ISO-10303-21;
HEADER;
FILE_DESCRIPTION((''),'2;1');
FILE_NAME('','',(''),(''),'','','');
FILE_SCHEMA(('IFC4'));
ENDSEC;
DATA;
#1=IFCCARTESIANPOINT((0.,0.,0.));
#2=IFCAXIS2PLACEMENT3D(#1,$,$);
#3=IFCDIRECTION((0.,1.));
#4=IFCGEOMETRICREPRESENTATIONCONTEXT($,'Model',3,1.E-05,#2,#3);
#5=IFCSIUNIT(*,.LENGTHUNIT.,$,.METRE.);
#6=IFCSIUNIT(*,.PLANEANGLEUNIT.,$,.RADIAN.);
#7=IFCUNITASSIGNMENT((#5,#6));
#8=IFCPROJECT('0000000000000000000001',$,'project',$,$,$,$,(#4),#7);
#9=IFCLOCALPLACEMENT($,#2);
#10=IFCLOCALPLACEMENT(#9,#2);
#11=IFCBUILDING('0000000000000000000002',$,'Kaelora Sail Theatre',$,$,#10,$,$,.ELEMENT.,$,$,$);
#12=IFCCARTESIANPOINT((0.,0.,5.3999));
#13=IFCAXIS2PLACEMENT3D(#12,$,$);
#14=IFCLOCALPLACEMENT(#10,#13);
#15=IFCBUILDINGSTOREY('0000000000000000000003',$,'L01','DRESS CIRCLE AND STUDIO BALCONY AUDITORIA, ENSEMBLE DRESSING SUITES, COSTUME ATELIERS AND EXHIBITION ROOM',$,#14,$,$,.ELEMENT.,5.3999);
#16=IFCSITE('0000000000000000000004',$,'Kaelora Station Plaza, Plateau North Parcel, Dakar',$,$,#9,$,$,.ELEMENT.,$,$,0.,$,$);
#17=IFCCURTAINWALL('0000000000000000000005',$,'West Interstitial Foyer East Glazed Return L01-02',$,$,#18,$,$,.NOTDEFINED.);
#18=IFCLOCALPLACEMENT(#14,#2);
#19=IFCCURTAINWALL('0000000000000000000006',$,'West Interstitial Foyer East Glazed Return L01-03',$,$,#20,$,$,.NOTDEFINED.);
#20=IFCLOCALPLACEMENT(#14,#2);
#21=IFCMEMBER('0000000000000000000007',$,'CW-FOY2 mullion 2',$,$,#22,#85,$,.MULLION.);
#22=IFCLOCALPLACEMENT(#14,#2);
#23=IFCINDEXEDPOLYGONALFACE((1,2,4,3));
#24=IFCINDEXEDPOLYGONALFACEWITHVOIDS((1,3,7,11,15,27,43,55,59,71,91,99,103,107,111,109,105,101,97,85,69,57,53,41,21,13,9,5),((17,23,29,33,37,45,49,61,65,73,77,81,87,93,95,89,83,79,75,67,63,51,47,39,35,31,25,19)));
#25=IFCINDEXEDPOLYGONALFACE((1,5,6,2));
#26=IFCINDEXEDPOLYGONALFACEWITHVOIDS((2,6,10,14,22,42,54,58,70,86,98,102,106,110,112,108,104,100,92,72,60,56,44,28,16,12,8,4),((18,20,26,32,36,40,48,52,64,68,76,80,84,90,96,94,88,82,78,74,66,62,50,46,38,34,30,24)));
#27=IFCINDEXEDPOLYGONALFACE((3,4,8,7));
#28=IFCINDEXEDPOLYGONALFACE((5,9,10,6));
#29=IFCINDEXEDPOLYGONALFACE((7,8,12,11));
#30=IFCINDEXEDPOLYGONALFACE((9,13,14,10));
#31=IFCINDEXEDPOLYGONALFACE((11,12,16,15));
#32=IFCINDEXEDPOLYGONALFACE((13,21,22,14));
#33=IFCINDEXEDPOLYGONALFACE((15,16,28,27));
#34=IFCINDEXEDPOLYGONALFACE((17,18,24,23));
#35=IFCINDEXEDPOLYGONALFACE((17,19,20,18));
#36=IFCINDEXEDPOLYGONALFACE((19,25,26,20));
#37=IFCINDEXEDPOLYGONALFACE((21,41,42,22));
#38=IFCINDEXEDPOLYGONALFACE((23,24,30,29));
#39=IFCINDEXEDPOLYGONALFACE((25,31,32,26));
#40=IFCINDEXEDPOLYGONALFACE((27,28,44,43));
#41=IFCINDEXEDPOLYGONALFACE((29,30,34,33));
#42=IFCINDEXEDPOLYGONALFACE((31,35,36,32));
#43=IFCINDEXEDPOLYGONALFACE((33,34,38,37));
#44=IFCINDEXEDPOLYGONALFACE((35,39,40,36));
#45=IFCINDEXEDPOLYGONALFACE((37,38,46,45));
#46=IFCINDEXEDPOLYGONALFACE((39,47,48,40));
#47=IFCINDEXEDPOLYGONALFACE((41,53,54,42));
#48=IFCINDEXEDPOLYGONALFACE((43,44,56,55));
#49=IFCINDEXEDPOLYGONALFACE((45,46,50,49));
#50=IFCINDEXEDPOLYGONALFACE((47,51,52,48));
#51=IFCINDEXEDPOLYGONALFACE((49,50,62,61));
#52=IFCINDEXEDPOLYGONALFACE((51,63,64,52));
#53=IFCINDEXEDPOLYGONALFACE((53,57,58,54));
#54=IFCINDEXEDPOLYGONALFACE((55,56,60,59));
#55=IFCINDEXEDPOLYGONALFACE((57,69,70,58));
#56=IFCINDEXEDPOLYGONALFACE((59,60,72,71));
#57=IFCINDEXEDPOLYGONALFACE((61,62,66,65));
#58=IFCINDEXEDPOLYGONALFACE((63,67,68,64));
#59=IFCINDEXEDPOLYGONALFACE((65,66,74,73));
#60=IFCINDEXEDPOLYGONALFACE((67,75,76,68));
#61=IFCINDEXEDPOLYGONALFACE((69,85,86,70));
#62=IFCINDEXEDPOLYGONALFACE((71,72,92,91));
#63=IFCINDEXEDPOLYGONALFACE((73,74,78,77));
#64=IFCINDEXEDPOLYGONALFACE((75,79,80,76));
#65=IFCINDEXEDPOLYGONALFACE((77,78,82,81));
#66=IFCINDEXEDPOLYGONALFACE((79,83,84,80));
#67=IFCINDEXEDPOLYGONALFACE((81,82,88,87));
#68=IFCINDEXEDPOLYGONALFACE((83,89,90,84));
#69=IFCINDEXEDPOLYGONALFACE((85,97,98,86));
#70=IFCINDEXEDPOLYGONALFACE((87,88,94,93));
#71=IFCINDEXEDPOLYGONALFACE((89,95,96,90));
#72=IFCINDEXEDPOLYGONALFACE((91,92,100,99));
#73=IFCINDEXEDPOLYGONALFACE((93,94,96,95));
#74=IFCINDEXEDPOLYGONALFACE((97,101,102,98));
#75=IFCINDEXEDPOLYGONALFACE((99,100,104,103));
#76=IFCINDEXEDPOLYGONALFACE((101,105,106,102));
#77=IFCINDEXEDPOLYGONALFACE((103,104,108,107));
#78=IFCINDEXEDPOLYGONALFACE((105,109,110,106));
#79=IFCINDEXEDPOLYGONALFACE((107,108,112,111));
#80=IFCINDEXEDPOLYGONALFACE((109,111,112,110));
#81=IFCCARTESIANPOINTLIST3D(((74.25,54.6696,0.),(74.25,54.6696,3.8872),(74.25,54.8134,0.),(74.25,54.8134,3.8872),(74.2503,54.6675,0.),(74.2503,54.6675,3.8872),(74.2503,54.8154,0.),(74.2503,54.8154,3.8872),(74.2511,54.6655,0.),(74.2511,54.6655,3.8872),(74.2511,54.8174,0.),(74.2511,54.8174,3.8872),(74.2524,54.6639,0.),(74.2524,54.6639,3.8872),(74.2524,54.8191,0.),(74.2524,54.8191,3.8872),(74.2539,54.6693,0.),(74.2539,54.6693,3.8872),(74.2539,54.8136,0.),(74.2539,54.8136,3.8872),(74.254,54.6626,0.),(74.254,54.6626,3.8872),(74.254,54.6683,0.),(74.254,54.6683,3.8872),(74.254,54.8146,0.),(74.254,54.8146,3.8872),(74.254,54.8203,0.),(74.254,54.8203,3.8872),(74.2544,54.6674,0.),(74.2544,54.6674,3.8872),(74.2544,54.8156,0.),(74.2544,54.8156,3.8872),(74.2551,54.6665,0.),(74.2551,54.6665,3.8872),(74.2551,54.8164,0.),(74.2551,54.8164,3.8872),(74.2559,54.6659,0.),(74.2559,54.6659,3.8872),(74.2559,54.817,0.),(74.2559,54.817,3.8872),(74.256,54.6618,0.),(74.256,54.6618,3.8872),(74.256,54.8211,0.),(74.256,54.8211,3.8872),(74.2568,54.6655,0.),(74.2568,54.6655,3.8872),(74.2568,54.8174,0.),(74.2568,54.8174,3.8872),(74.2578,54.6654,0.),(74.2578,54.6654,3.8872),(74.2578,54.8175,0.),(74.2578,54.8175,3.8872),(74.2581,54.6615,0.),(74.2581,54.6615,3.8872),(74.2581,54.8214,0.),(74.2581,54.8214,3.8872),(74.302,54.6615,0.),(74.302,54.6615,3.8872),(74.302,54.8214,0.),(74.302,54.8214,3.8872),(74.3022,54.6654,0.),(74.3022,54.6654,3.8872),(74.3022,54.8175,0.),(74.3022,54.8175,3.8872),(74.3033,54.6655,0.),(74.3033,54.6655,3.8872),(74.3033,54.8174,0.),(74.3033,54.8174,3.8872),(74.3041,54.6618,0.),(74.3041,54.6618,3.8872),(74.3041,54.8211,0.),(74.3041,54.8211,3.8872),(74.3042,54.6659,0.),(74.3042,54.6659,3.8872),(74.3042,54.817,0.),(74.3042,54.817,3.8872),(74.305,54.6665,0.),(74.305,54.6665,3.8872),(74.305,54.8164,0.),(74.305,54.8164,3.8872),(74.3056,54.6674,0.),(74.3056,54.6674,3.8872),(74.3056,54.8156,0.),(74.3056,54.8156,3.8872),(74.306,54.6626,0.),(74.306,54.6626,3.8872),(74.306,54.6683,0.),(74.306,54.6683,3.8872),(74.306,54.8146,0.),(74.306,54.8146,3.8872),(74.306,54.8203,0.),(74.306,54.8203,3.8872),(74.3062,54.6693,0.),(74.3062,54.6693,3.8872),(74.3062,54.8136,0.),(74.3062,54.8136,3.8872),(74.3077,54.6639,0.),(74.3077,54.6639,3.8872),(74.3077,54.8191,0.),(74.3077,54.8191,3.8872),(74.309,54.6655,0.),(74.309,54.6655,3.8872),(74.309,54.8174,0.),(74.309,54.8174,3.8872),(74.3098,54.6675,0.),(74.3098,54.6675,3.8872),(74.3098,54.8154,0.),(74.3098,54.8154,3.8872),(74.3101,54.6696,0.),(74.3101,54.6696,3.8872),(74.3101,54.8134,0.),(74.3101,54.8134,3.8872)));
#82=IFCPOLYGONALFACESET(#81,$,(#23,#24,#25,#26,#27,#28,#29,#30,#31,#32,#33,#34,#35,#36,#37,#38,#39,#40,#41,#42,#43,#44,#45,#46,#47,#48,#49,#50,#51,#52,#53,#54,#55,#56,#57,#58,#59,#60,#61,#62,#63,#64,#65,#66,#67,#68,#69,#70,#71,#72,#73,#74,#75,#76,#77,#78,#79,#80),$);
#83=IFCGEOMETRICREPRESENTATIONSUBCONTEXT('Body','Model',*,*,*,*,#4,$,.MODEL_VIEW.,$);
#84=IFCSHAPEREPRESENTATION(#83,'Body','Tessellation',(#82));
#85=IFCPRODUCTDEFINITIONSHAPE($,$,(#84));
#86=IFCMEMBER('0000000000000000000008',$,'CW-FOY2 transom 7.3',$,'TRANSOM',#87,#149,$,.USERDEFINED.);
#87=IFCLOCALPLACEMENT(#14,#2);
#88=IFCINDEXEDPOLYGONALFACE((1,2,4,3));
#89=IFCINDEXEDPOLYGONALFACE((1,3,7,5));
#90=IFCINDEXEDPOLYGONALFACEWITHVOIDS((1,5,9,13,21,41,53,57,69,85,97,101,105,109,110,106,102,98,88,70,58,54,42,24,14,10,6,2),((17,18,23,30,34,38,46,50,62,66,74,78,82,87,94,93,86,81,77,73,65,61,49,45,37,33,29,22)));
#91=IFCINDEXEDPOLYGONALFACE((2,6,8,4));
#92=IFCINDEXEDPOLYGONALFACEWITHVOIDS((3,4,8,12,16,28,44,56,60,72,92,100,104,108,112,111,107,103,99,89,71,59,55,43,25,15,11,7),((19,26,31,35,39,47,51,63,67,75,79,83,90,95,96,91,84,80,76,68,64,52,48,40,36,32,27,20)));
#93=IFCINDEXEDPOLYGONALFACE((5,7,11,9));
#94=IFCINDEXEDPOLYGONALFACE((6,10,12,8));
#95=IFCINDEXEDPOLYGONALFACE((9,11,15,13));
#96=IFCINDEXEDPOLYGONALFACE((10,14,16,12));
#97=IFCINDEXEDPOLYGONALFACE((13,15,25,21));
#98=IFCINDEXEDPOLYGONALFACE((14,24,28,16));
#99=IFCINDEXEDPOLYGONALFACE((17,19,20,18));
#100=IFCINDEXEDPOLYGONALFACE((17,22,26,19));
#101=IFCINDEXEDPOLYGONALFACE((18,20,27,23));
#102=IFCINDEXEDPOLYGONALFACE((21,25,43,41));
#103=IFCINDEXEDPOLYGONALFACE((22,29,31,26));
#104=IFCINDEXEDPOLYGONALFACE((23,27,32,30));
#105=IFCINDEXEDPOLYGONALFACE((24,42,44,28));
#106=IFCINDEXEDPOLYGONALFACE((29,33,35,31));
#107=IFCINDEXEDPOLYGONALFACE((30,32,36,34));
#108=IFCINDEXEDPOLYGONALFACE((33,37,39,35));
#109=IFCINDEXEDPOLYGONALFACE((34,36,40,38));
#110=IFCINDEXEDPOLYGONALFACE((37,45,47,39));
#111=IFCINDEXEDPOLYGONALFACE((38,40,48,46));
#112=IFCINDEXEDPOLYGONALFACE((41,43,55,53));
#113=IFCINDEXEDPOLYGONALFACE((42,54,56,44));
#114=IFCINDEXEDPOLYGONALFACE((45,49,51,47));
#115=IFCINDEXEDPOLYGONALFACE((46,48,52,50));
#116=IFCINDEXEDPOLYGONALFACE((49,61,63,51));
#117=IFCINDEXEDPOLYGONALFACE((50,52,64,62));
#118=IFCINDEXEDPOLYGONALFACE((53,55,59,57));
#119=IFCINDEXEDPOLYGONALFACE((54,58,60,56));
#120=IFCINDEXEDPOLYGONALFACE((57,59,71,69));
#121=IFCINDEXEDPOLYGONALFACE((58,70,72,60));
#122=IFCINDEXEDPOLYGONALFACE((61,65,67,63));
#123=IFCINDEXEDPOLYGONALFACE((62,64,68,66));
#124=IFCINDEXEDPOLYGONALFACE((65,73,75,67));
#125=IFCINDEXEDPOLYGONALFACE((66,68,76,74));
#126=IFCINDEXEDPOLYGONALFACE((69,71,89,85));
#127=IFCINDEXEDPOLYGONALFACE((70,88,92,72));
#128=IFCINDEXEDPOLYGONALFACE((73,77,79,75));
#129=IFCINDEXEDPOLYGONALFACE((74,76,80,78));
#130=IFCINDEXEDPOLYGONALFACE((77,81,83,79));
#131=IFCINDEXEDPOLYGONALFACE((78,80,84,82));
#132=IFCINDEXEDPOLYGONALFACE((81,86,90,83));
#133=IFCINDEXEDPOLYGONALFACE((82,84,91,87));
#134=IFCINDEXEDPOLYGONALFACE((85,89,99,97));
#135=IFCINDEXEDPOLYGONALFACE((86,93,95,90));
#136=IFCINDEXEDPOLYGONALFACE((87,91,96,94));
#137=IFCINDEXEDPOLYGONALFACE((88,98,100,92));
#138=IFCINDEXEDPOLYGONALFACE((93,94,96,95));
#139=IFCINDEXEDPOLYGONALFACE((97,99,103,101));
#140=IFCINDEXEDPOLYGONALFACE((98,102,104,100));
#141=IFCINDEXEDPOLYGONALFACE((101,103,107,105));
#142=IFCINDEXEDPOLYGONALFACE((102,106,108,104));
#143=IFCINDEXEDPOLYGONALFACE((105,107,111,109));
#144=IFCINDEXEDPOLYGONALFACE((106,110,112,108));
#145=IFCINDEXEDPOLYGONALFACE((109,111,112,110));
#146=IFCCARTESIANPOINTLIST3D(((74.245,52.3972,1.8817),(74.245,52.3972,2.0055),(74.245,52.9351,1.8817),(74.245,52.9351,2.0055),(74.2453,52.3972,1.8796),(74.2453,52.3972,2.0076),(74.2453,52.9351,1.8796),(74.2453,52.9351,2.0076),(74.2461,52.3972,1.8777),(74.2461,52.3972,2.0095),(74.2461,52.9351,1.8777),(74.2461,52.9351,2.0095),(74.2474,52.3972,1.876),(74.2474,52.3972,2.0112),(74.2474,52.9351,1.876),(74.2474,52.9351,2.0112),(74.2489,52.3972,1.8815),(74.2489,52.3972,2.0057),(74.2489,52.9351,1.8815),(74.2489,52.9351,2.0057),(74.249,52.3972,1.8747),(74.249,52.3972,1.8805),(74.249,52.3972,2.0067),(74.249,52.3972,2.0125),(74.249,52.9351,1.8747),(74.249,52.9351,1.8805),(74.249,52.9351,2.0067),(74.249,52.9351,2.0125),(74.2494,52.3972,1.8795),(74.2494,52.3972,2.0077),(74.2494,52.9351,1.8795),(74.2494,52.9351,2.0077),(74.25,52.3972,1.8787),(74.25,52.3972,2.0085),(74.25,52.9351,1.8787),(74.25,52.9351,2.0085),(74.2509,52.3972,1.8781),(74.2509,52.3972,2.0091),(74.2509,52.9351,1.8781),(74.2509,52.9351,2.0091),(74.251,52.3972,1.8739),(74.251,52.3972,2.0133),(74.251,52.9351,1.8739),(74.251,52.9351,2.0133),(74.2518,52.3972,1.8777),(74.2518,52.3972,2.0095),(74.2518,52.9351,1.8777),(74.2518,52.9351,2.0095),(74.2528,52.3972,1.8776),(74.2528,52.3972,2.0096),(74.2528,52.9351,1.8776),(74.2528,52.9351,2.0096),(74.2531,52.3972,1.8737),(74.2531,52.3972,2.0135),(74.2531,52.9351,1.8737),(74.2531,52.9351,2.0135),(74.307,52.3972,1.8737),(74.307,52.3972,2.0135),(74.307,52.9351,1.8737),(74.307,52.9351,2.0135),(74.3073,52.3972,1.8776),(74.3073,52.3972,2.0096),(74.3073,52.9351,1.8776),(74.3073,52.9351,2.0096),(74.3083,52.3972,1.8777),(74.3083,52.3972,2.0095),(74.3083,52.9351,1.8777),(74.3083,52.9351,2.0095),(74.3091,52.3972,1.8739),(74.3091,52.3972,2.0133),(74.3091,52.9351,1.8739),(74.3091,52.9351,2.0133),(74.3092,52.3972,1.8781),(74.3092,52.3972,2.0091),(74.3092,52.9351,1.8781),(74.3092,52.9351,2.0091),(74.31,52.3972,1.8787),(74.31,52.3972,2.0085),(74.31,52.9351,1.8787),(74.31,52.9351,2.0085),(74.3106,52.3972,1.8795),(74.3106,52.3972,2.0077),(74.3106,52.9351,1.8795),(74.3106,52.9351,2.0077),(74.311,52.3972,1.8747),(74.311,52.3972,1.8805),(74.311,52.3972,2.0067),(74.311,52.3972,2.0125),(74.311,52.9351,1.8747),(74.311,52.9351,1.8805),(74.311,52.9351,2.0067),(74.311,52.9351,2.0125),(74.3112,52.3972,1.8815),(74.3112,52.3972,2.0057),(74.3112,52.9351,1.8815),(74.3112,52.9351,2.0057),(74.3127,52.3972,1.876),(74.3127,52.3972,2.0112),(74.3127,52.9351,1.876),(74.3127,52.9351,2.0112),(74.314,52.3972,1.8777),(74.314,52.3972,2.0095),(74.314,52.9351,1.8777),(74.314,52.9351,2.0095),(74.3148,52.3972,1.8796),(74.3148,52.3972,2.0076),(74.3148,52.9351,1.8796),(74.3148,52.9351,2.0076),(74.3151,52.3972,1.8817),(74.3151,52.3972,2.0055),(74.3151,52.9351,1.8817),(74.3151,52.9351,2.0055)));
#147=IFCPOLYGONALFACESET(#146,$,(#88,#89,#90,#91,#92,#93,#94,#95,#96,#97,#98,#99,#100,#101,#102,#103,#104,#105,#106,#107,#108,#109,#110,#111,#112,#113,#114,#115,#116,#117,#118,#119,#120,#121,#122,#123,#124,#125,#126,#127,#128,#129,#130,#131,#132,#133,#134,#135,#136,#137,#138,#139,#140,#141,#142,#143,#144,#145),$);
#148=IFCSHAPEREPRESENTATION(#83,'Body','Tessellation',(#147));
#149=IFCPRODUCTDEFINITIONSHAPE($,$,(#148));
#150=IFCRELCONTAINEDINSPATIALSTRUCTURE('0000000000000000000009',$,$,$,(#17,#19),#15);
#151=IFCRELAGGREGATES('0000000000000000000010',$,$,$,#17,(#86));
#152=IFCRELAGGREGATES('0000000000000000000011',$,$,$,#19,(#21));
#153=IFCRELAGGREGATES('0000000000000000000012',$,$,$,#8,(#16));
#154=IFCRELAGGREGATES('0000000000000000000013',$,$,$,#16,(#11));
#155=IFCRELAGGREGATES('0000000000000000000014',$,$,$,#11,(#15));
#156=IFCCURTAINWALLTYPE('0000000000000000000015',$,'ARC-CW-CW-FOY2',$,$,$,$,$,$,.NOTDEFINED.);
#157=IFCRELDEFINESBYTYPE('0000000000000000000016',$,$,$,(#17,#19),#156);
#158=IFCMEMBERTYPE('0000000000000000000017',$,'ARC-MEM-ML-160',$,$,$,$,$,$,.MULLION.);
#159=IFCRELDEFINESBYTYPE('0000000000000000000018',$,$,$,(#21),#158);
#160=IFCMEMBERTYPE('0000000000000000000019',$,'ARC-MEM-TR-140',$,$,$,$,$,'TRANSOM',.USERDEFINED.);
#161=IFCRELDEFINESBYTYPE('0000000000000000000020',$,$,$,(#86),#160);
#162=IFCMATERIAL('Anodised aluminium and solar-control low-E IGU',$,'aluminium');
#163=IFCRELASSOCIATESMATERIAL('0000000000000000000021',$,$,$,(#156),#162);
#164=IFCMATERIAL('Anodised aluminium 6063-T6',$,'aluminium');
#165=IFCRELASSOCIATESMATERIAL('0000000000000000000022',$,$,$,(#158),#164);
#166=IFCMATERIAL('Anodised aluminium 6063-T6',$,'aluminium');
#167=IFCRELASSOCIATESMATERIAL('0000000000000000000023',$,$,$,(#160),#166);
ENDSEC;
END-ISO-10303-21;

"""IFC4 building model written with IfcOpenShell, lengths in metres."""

from ifc_helpers import new_model, si_unit, direction, frame, origin, origin_2d, place, context, subcontext, project, spatial, hollow_rectangle, extrude, material, material_profile, profile_set, type_object, element, aggregate, save


model = new_model("IFC4")

# Units and contexts
model_context = context("Model", 3, precision=1e-05, world=origin(), true_north=direction((0.0, 1.0)))
body_context = subcontext(model_context, "Body", "Model", "MODEL_VIEW")
ifc_project = project(units=[si_unit("LENGTHUNIT", "METRE"), si_unit("PLANEANGLEUNIT", "RADIAN")], contexts=[model_context])

# Site, building, storey
site_placement = place(None, origin())
site = spatial("IfcSite", under=ifc_project, at=site_placement, Name="Kaelora Station Plaza, Plateau North Parcel, Dakar", CompositionType="ELEMENT", RefElevation=0.0)
building_placement = place(site_placement, origin())
building = spatial("IfcBuilding", under=site, at=building_placement, Name="Kaelora Sail Theatre", CompositionType="ELEMENT")
storey_placement = place(building_placement, frame((0.0, 0.0, 5.3999)))
storey = spatial("IfcBuildingStorey", under=building, at=storey_placement, Name="L01", Description="DRESS CIRCLE AND STUDIO BALCONY AUDITORIA, ENSEMBLE DRESSING SUITES, COSTUME ATELIERS AND EXHIBITION ROOM", CompositionType="ELEMENT", Elevation=5.3999)

# Curtain wall
ifc_material_1 = material(Name="Anodised aluminium and solar-control low-E IGU", Category="aluminium")
curtain_wall_type = type_object("IfcCurtainWallType", Name="ARC-CW-CW-FOY2", PredefinedType="NOTDEFINED", material=ifc_material_1)
curtain_wall_1_placement = place(storey_placement, origin())
curtain_wall_1 = element("IfcCurtainWall", 1, at=curtain_wall_1_placement, inside=storey, type_object=curtain_wall_type, Name="West Interstitial Foyer East Glazed Return L01-02", PredefinedType="NOTDEFINED")
ifc_material_2 = material(Name="Anodised aluminium 6063-T6", Category="aluminium")
ifc_material_profile_1 = material_profile(ifc_material_2, hollow_rectangle(XDim=0.0601, YDim=0.1599, WallThickness=0.0039, InnerFilletRadius=0.0039, OuterFilletRadius=0.0081, at=origin_2d()), Name="ALU-MULL 60x160x4")
ifc_profile_set_1 = profile_set([ifc_material_profile_1], Name="Anodised aluminium 6063-T6")
member_type_1 = type_object("IfcMemberType", Name="ARC-MEM-ML-160", PredefinedType="MULLION", material=ifc_profile_set_1)

# Curtain wall, member
curtain_wall_2_placement = place(storey_placement, origin())
curtain_wall_2 = element("IfcCurtainWall", 2, at=curtain_wall_2_placement, inside=storey, type_object=curtain_wall_type, Name="West Interstitial Foyer East Glazed Return L01-03", PredefinedType="NOTDEFINED")
member_1_placement = place(storey_placement, frame((74.28, 54.7415, 0.0), z_axis=(0.0, 0.0, 1.0), x_axis=(-1.0, 0.0, 0.0)))
member_1 = element("IfcMember", 3, at=member_1_placement, type_object=member_type_1, Name="CW-FOY2 mullion 2", PredefinedType="MULLION", context=body_context, shape_type="SweptSolid", body=[
    extrude(hollow_rectangle(XDim=0.0601, YDim=0.1599, WallThickness=0.0039, InnerFilletRadius=0.0039, OuterFilletRadius=0.0081, at=origin_2d()), origin(), (0.0, 0.0, 1.0), 3.8872),
])

# Member
ifc_material_3 = material(Name="Anodised aluminium 6063-T6", Category="aluminium")
ifc_material_profile_2 = material_profile(ifc_material_3, hollow_rectangle(XDim=0.0701, YDim=0.1399, WallThickness=0.0039, InnerFilletRadius=0.0039, OuterFilletRadius=0.0081, at=origin_2d()), Name="ALU-TRAN 70x140x4")
ifc_profile_set_2 = profile_set([ifc_material_profile_2], Name="Anodised aluminium 6063-T6")
member_type_2 = type_object("IfcMemberType", Name="ARC-MEM-TR-140", ElementType="TRANSOM", PredefinedType="USERDEFINED", material=ifc_profile_set_2)
member_2_placement = place(storey_placement, frame((74.28, 52.3972, 1.9436), z_axis=(0.0, 1.0, 0.0), x_axis=(-1.0, 0.0, 0.0)))
member_2 = element("IfcMember", 4, at=member_2_placement, type_object=member_type_2, Name="CW-FOY2 transom 7.3", ObjectType="TRANSOM", PredefinedType="USERDEFINED", context=body_context, shape_type="SweptSolid", body=[
    extrude(hollow_rectangle(XDim=0.0701, YDim=0.1399, WallThickness=0.0039, InnerFilletRadius=0.0039, OuterFilletRadius=0.0081, at=origin_2d()), origin(), (0.0, 0.0, 1.0), 0.5378),
])

aggregate(curtain_wall_1, [member_2])
aggregate(curtain_wall_2, [member_1])

save(model, "model.ifc")
